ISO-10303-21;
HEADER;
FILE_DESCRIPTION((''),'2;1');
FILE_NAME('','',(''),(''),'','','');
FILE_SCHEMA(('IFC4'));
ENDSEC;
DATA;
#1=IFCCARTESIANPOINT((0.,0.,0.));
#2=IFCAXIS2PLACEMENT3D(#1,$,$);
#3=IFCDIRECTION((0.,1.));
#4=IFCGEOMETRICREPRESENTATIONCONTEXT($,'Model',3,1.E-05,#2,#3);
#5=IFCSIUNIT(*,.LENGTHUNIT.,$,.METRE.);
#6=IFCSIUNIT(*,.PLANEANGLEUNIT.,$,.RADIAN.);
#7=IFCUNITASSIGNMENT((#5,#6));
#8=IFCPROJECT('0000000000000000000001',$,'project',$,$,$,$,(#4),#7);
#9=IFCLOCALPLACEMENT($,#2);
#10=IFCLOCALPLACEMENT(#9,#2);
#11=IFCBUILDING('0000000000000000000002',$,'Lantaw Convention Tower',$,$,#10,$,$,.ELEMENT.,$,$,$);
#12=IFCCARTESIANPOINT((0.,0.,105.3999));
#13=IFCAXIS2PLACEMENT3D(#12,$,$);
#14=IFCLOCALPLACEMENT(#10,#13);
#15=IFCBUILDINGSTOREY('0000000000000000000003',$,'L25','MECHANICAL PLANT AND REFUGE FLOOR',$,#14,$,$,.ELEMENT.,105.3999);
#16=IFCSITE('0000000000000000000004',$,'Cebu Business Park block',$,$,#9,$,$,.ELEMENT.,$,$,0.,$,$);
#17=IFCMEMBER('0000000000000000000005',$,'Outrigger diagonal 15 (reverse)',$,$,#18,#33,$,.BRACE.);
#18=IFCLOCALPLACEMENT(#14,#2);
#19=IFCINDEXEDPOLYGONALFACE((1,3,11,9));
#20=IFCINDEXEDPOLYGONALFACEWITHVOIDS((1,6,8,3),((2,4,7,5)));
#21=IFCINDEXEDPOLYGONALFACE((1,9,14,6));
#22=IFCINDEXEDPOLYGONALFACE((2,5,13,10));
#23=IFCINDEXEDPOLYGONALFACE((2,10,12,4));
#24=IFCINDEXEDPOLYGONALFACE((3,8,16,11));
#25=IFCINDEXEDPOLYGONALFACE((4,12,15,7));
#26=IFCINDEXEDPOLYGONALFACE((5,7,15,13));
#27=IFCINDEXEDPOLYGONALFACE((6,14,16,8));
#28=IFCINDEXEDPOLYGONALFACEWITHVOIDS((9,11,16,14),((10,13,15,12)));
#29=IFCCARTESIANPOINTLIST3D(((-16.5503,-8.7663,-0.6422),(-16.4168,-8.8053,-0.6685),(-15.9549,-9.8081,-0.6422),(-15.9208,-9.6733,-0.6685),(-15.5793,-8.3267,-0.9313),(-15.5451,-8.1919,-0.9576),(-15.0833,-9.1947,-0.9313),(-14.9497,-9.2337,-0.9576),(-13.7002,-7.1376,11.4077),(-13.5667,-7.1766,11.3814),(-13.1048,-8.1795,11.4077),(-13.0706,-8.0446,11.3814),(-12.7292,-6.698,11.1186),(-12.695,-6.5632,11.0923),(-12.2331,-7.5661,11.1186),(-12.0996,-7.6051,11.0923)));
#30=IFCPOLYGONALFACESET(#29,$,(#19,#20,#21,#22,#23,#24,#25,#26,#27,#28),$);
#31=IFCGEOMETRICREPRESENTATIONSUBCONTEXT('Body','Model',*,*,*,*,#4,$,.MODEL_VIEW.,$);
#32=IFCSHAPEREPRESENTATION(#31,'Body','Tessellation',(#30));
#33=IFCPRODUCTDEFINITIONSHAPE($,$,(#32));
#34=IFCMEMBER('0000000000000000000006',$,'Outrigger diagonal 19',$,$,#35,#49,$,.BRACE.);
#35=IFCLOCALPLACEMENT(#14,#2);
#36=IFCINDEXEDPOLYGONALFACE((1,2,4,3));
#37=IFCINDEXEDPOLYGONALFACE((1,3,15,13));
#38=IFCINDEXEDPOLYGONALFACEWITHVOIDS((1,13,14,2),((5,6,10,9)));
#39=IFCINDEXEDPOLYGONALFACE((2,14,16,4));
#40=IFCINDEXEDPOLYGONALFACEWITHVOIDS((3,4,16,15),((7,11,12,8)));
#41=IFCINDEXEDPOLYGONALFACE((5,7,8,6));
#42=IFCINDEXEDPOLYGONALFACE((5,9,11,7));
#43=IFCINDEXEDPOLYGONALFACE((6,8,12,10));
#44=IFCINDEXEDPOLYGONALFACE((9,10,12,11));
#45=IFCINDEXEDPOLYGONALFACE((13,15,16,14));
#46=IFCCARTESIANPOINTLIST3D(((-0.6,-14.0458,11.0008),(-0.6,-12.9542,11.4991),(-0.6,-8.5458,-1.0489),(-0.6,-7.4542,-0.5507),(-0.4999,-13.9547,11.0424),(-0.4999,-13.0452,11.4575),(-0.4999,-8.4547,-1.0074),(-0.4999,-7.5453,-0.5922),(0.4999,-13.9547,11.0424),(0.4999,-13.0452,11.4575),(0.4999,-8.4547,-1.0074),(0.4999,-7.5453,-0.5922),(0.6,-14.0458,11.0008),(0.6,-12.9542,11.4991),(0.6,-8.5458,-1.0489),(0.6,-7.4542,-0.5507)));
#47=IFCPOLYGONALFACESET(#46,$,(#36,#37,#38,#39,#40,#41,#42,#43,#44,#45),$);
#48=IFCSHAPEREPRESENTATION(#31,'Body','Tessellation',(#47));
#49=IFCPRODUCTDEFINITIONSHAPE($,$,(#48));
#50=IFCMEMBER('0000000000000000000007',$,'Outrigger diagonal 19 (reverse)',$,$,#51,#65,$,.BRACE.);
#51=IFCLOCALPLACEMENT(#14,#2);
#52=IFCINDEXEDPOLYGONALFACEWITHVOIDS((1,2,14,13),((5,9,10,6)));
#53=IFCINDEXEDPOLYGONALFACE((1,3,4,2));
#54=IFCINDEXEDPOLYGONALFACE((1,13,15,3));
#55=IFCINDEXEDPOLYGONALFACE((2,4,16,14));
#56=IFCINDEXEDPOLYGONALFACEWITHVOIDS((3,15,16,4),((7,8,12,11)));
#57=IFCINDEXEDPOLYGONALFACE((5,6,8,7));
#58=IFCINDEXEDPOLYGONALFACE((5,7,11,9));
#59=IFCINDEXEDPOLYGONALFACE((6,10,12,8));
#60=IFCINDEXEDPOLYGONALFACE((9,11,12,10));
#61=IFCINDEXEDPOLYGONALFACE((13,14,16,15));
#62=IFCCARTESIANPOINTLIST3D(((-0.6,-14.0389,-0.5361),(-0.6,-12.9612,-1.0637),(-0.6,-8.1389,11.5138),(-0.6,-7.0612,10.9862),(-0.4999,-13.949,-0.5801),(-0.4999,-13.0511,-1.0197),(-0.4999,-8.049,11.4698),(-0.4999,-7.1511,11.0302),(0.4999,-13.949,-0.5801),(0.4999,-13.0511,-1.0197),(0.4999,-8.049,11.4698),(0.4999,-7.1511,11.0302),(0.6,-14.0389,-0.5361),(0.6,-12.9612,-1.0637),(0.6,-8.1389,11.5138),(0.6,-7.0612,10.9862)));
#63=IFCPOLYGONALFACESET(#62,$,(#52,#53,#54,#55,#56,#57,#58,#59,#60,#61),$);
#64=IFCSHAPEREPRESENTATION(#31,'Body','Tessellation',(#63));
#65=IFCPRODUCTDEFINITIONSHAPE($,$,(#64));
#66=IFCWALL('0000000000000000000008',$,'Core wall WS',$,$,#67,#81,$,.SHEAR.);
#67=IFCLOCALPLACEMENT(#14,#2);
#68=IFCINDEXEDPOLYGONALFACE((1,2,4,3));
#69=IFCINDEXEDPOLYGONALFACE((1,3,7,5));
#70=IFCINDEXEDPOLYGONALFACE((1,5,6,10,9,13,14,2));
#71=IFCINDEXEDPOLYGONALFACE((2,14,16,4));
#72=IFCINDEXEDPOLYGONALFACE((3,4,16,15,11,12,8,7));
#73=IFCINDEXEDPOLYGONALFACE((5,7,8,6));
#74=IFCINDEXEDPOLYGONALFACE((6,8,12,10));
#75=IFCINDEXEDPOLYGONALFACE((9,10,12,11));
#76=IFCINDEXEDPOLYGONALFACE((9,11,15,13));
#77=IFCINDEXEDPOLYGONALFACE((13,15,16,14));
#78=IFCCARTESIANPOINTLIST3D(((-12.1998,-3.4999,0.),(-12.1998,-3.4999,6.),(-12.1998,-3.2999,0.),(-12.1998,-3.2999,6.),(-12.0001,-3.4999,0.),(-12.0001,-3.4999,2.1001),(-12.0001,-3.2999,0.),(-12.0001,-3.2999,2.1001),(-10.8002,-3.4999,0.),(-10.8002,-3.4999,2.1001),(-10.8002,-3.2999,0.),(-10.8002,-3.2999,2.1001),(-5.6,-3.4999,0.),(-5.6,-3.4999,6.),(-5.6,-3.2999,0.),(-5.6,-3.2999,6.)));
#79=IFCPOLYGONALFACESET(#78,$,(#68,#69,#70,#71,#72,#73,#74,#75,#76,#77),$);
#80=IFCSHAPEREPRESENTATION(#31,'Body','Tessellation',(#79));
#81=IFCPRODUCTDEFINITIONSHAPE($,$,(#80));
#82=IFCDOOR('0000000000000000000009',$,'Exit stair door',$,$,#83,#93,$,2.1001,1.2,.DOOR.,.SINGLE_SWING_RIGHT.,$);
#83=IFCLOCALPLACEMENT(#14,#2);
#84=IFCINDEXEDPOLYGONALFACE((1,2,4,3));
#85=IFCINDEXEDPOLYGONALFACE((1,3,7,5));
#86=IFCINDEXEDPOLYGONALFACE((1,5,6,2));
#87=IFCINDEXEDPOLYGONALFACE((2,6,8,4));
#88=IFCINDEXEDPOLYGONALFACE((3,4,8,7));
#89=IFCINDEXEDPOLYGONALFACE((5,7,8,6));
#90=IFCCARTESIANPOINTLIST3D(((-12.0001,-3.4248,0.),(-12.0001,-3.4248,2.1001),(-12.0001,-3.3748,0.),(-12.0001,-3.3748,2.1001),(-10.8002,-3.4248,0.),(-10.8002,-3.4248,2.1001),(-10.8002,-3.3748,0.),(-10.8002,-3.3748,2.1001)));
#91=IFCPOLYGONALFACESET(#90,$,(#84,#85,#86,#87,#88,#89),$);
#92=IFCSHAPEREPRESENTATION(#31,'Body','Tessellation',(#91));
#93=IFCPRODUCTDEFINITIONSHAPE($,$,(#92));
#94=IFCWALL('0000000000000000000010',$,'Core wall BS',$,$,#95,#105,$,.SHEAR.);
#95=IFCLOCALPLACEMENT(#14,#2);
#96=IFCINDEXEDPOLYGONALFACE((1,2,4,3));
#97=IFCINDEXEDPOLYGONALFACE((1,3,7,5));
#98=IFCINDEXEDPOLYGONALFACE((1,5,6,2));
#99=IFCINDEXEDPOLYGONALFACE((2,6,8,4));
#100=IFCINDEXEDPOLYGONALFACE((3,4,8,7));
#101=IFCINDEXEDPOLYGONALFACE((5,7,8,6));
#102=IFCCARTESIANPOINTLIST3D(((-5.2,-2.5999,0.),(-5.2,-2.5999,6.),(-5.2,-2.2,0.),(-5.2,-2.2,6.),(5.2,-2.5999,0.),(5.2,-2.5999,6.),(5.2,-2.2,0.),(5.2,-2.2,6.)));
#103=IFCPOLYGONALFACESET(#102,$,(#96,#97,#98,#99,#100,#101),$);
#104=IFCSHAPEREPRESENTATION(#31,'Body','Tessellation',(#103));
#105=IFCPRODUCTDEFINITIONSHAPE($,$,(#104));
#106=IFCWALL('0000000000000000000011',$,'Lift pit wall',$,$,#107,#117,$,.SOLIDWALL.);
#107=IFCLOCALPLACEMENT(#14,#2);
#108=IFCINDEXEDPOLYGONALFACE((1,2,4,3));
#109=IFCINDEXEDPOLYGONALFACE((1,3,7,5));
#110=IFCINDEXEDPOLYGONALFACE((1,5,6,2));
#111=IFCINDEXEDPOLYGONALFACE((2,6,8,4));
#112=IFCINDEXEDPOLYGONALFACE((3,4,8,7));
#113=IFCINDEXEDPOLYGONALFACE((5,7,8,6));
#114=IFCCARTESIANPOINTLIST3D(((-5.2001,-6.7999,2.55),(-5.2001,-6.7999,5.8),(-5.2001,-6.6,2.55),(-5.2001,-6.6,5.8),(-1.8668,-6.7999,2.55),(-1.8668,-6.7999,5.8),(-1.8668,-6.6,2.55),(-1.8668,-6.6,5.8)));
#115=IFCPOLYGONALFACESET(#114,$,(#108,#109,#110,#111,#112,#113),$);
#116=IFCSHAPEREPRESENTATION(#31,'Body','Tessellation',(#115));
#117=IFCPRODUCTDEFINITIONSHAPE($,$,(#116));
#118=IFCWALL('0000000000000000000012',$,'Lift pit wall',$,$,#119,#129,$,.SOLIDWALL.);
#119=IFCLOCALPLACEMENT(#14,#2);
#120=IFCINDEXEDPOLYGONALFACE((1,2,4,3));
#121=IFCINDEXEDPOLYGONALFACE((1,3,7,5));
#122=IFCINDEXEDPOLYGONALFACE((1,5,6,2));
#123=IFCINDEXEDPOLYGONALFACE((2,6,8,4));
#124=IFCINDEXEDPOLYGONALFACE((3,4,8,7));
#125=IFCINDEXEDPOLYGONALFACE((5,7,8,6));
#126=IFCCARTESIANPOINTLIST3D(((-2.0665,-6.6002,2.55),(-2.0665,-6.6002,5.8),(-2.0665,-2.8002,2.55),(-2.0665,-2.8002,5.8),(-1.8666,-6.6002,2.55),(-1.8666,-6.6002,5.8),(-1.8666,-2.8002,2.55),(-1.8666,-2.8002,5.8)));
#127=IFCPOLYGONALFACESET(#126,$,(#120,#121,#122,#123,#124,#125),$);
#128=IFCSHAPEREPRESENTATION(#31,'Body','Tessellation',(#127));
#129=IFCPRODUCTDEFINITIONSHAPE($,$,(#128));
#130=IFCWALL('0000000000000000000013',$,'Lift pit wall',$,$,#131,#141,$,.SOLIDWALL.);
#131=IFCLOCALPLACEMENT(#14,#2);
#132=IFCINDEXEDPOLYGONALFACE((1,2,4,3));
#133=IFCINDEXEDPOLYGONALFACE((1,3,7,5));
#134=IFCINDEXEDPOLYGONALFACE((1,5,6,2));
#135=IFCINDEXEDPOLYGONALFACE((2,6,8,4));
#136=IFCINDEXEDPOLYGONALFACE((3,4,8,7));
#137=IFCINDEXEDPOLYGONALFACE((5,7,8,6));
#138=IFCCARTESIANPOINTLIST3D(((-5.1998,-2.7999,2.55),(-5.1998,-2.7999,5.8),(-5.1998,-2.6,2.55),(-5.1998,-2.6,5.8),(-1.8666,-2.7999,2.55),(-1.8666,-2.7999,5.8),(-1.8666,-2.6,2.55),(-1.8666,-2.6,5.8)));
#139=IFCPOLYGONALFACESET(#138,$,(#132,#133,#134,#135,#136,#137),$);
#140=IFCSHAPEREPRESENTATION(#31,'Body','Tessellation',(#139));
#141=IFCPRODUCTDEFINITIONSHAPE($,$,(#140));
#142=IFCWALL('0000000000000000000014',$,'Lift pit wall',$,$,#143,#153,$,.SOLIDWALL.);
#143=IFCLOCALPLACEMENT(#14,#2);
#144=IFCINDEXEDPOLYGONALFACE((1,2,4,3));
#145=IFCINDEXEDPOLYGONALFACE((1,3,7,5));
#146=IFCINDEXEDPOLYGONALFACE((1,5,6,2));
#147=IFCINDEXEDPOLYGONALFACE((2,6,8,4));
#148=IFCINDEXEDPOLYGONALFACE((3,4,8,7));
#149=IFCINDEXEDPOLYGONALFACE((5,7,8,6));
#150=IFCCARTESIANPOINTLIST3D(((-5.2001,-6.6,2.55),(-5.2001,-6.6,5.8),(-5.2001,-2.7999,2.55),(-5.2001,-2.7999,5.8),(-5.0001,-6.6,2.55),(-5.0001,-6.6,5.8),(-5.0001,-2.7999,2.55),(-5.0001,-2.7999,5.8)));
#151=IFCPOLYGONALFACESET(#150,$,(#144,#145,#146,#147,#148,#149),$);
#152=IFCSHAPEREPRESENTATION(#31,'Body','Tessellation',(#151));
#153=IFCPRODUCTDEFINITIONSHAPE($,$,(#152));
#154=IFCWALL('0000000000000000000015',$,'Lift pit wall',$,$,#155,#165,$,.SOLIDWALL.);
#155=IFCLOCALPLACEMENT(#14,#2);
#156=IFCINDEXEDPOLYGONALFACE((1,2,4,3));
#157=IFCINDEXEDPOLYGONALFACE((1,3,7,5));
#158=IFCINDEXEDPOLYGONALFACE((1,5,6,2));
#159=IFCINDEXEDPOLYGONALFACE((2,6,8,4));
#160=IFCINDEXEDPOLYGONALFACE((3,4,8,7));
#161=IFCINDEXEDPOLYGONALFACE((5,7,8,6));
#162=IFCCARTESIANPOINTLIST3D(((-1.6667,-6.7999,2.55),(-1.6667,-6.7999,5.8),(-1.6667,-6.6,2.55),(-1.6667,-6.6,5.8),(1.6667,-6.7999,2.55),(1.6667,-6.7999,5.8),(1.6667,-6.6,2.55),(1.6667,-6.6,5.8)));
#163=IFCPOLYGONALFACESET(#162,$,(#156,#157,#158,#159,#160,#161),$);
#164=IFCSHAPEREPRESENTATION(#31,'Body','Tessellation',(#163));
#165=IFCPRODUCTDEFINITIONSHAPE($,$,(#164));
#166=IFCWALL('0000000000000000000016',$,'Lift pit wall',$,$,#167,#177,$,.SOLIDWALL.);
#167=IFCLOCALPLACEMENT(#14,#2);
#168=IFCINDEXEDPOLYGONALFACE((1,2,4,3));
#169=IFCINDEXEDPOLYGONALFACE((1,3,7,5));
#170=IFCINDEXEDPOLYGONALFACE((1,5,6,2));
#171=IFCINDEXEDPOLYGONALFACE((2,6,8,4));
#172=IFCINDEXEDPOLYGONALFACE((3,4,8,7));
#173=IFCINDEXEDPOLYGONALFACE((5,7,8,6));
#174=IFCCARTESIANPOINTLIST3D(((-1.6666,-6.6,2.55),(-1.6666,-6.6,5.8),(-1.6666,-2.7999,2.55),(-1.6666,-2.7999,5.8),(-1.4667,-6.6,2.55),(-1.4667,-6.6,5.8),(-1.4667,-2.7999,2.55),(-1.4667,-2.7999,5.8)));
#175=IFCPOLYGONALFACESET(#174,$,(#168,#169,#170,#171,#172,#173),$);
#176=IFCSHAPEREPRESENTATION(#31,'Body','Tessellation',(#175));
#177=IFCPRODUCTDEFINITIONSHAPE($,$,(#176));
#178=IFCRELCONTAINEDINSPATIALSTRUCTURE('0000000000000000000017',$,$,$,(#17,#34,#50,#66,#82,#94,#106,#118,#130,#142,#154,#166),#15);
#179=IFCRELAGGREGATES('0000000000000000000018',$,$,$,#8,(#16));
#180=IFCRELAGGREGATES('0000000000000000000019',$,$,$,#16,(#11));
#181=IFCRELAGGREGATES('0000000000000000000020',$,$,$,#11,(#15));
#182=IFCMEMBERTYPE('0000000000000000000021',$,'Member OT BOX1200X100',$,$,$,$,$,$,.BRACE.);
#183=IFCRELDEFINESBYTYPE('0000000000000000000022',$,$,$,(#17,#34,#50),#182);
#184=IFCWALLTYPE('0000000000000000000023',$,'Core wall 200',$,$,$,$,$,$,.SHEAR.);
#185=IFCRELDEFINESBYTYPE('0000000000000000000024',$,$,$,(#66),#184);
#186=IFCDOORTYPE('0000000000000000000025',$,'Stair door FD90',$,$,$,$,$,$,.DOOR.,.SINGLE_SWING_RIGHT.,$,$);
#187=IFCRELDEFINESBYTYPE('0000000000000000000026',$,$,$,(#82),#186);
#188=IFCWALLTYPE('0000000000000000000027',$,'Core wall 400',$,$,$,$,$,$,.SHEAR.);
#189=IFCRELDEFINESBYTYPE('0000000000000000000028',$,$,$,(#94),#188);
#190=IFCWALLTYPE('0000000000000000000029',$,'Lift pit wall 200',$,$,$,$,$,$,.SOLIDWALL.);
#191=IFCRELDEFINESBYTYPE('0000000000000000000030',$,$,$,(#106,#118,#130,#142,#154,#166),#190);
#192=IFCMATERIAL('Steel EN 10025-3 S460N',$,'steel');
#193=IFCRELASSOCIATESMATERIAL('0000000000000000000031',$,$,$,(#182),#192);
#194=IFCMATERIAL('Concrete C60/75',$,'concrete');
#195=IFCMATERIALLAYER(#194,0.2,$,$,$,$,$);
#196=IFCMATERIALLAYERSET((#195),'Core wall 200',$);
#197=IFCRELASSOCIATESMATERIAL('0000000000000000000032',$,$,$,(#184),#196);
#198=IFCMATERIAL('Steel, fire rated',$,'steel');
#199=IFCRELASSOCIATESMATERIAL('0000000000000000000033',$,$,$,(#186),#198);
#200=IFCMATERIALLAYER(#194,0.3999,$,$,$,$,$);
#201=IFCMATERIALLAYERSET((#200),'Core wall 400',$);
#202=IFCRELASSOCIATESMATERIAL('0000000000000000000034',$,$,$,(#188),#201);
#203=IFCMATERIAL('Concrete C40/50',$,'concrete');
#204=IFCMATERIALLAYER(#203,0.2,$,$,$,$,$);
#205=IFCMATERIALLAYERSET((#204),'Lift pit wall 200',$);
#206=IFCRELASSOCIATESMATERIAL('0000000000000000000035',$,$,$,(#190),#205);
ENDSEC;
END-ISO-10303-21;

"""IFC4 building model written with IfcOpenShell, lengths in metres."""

from ifc_helpers import new_model, si_unit, direction, frame, frame_2d, origin, origin_2d, place, context, subcontext, project, spatial, rectangle, hollow_rectangle, extrude, material, layer, layer_set, material_profile, profile_set, type_object, element, fill, save


model = new_model("IFC4")

# Units and contexts
model_context = context("Model", 3, precision=1e-05, world=origin(), true_north=direction((0.0, 1.0)))
body_context = subcontext(model_context, "Body", "Model", "MODEL_VIEW")
ifc_project = project(units=[si_unit("LENGTHUNIT", "METRE"), si_unit("PLANEANGLEUNIT", "RADIAN")], contexts=[model_context])

# Site, building, storey
site_placement = place(None, origin())
site = spatial("IfcSite", under=ifc_project, at=site_placement, Name="Cebu Business Park block", CompositionType="ELEMENT", RefElevation=0.0)
building_placement = place(site_placement, origin())
building = spatial("IfcBuilding", under=site, at=building_placement, Name="Lantaw Convention Tower", CompositionType="ELEMENT")
storey_placement = place(building_placement, frame((0.0, 0.0, 105.3999)))
storey = spatial("IfcBuildingStorey", under=building, at=storey_placement, Name="L25", Description="MECHANICAL PLANT AND REFUGE FLOOR", CompositionType="ELEMENT", Elevation=105.3999)

# Shared definitions
ifc_material_1 = material(Name="Steel EN 10025-3 S460N", Category="steel")

# Members
ifc_material_profile_1 = material_profile(ifc_material_1, hollow_rectangle(XDim=1.2, YDim=1.2, WallThickness=0.1001, at=origin_2d()), Name="BOX1200X100")
ifc_profile_set_1 = profile_set([ifc_material_profile_1], Name="Steel EN 10025-3 S460N")
member_type = type_object("IfcMemberType", Name="Member OT BOX1200X100", PredefinedType="BRACE", material=ifc_profile_set_1)
member_1_placement = place(storey_placement, frame((-12.8999, -7.3713, 11.25), z_axis=(-0.22821, -0.130408, -0.964839), x_axis=(0.496147, -0.868239, 0.0)))
element("IfcMember", 1, at=member_1_placement, inside=storey, type_object=member_type, Name="Outrigger diagonal 15 (reverse)", PredefinedType="BRACE", context=body_context, shape_type="SweptSolid", body=[
    extrude(hollow_rectangle(XDim=1.2, YDim=1.2, WallThickness=0.1001, at=origin_2d()), origin(), (0.0, 0.0, 1.0), 12.489),
])
member_2_placement = place(storey_placement, frame((0.0, -8.0, -0.7998), z_axis=(0.0, -0.41523, 0.909716), x_axis=(1.0, 0.0, 0.0)))
element("IfcMember", 2, at=member_2_placement, inside=storey, type_object=member_type, Name="Outrigger diagonal 19", PredefinedType="BRACE", context=body_context, shape_type="SweptSolid", body=[
    extrude(hollow_rectangle(XDim=1.2, YDim=1.2, WallThickness=0.1001, at=origin_2d()), origin(), (0.0, 0.0, 1.0), 13.2456),
])
member_3_placement = place(storey_placement, frame((0.0, -7.6001, 11.25), z_axis=(0.0, -0.439745, -0.898123), x_axis=(1.0, 0.0, 0.0)))
element("IfcMember", 3, at=member_3_placement, inside=storey, type_object=member_type, Name="Outrigger diagonal 19 (reverse)", PredefinedType="BRACE", context=body_context, shape_type="SweptSolid", body=[
    extrude(hollow_rectangle(XDim=1.2, YDim=1.2, WallThickness=0.1001, at=origin_2d()), origin(), (0.0, 0.0, 1.0), 13.4167),
])

# Wall, opening, door
ifc_material_2 = material(Name="Concrete C60/75", Category="concrete")
ifc_layer_1 = layer(ifc_material_2, 0.2)
ifc_layer_set_1 = layer_set([ifc_layer_1], Name="Core wall 200")
wall_type_1 = type_object("IfcWallType", Name="Core wall 200", PredefinedType="SHEAR", material=ifc_layer_set_1)
wall_1_placement = place(storey_placement, frame((-5.6001, -3.3999, 0.0), z_axis=(0.0, 0.0, 1.0), x_axis=(-1.0, 0.0, 0.0)))
wall_1 = element("IfcWall", 4, at=wall_1_placement, inside=storey, type_object=wall_type_1, Name="Core wall WS", PredefinedType="SHEAR", context=body_context, shape_type="SweptSolid", body=[
    extrude(rectangle(XDim=6.5999, YDim=0.2, at=frame_2d((3.2998, 0.0))), origin(), (0.0, 0.0, 1.0), 6.0),
])
opening_placement = place(wall_1_placement, frame((5.2, 0.0, 0.0)))
opening = element("IfcOpeningElement", 5, at=opening_placement, cuts=wall_1, PredefinedType="OPENING", context=body_context, shape_type="SweptSolid", body=[
    extrude(rectangle(XDim=1.2, YDim=2.1001, at=frame_2d((0.6001, 1.05))), frame((0.0, 0.1099, 0.0), z_axis=(0.0, -1.0, 0.0), x_axis=(1.0, 0.0, 0.0)), (0.0, 0.0, 1.0), 0.22),
])
ifc_material_3 = material(Name="Steel, fire rated", Category="steel")
door_type = type_object("IfcDoorType", Name="Stair door FD90", OperationType="SINGLE_SWING_RIGHT", PredefinedType="DOOR", material=ifc_material_3)
door_placement = place(opening_placement, origin())
door = element("IfcDoor", 6, at=door_placement, inside=storey, type_object=door_type, Name="Exit stair door", OperationType="SINGLE_SWING_RIGHT", OverallHeight=2.1001, OverallWidth=1.2, PredefinedType="DOOR", context=body_context, shape_type="SweptSolid", body=[
    extrude(rectangle(XDim=1.2, YDim=2.1001, at=frame_2d((0.6001, 1.05))), frame((0.0, 0.0249, 0.0), z_axis=(0.0, -1.0, 0.0), x_axis=(1.0, 0.0, 0.0)), (0.0, 0.0, 1.0), 0.05),
])
fill(opening, door)

# Walls
ifc_layer_2 = layer(ifc_material_2, 0.3999)
ifc_layer_set_2 = layer_set([ifc_layer_2], Name="Core wall 400")
wall_type_2 = type_object("IfcWallType", Name="Core wall 400", PredefinedType="SHEAR", material=ifc_layer_set_2)
wall_2_placement = place(storey_placement, frame((-5.2, -2.3999, 0.0), z_axis=(0.0, 0.0, 1.0), x_axis=(1.0, 0.0, 0.0)))
element("IfcWall", 7, at=wall_2_placement, inside=storey, type_object=wall_type_2, Name="Core wall BS", PredefinedType="SHEAR", context=body_context, shape_type="SweptSolid", body=[
    extrude(rectangle(XDim=10.3999, YDim=0.3999, at=frame_2d((5.2, 0.0))), origin(), (0.0, 0.0, 1.0), 6.0),
])
ifc_material_4 = material(Name="Concrete C40/50", Category="concrete")
ifc_layer_3 = layer(ifc_material_4, 0.2)
ifc_layer_set_3 = layer_set([ifc_layer_3], Name="Lift pit wall 200")
wall_type_3 = type_object("IfcWallType", Name="Lift pit wall 200", PredefinedType="SOLIDWALL", material=ifc_layer_set_3)
wall_3_placement = place(storey_placement, frame((-5.2, -6.7, 2.55), z_axis=(0.0, 0.0, 1.0), x_axis=(1.0, 0.0, 0.0)))
element("IfcWall", 8, at=wall_3_placement, inside=storey, type_object=wall_type_3, Name="Lift pit wall", PredefinedType="SOLIDWALL", context=body_context, shape_type="SweptSolid", body=[
    extrude(rectangle(XDim=3.3333, YDim=0.2, at=frame_2d((1.6665, 0.0))), origin(), (0.0, 0.0, 1.0), 3.25),
])
wall_4_placement = place(storey_placement, frame((-1.9666, -6.6001, 2.55), z_axis=(0.0, 0.0, 1.0), x_axis=(0.0, 1.0, 0.0)))
element("IfcWall", 9, at=wall_4_placement, inside=storey, type_object=wall_type_3, Name="Lift pit wall", PredefinedType="SOLIDWALL", context=body_context, shape_type="SweptSolid", body=[
    extrude(rectangle(XDim=3.8, YDim=0.2, at=frame_2d((1.8999, 0.0))), origin(), (0.0, 0.0, 1.0), 3.25),
])
wall_5_placement = place(storey_placement, frame((-1.8667, -2.7, 2.55), z_axis=(0.0, 0.0, 1.0), x_axis=(-1.0, 0.0, 0.0)))
element("IfcWall", 10, at=wall_5_placement, inside=storey, type_object=wall_type_3, Name="Lift pit wall", PredefinedType="SOLIDWALL", context=body_context, shape_type="SweptSolid", body=[
    extrude(rectangle(XDim=3.3333, YDim=0.2, at=frame_2d((1.6665, 0.0))), origin(), (0.0, 0.0, 1.0), 3.25),
])
wall_6_placement = place(storey_placement, frame((-5.1001, -2.8, 2.55), z_axis=(0.0, 0.0, 1.0), x_axis=(0.0, -1.0, 0.0)))
element("IfcWall", 11, at=wall_6_placement, inside=storey, type_object=wall_type_3, Name="Lift pit wall", PredefinedType="SOLIDWALL", context=body_context, shape_type="SweptSolid", body=[
    extrude(rectangle(XDim=3.8, YDim=0.2, at=frame_2d((1.8999, 0.0))), origin(), (0.0, 0.0, 1.0), 3.25),
])
wall_7_placement = place(storey_placement, frame((-1.6667, -6.7, 2.55), z_axis=(0.0, 0.0, 1.0), x_axis=(1.0, 0.0, 0.0)))
element("IfcWall", 12, at=wall_7_placement, inside=storey, type_object=wall_type_3, Name="Lift pit wall", PredefinedType="SOLIDWALL", context=body_context, shape_type="SweptSolid", body=[
    extrude(rectangle(XDim=3.3335, YDim=0.2, at=frame_2d((1.6667, 0.0))), origin(), (0.0, 0.0, 1.0), 3.25),
])
wall_8_placement = place(storey_placement, frame((-1.5667, -2.8, 2.55), z_axis=(0.0, 0.0, 1.0), x_axis=(0.0, -1.0, 0.0)))
element("IfcWall", 13, at=wall_8_placement, inside=storey, type_object=wall_type_3, Name="Lift pit wall", PredefinedType="SOLIDWALL", context=body_context, shape_type="SweptSolid", body=[
    extrude(rectangle(XDim=3.8, YDim=0.2, at=frame_2d((1.8999, 0.0))), origin(), (0.0, 0.0, 1.0), 3.25),
])

save(model, "model.ifc")
